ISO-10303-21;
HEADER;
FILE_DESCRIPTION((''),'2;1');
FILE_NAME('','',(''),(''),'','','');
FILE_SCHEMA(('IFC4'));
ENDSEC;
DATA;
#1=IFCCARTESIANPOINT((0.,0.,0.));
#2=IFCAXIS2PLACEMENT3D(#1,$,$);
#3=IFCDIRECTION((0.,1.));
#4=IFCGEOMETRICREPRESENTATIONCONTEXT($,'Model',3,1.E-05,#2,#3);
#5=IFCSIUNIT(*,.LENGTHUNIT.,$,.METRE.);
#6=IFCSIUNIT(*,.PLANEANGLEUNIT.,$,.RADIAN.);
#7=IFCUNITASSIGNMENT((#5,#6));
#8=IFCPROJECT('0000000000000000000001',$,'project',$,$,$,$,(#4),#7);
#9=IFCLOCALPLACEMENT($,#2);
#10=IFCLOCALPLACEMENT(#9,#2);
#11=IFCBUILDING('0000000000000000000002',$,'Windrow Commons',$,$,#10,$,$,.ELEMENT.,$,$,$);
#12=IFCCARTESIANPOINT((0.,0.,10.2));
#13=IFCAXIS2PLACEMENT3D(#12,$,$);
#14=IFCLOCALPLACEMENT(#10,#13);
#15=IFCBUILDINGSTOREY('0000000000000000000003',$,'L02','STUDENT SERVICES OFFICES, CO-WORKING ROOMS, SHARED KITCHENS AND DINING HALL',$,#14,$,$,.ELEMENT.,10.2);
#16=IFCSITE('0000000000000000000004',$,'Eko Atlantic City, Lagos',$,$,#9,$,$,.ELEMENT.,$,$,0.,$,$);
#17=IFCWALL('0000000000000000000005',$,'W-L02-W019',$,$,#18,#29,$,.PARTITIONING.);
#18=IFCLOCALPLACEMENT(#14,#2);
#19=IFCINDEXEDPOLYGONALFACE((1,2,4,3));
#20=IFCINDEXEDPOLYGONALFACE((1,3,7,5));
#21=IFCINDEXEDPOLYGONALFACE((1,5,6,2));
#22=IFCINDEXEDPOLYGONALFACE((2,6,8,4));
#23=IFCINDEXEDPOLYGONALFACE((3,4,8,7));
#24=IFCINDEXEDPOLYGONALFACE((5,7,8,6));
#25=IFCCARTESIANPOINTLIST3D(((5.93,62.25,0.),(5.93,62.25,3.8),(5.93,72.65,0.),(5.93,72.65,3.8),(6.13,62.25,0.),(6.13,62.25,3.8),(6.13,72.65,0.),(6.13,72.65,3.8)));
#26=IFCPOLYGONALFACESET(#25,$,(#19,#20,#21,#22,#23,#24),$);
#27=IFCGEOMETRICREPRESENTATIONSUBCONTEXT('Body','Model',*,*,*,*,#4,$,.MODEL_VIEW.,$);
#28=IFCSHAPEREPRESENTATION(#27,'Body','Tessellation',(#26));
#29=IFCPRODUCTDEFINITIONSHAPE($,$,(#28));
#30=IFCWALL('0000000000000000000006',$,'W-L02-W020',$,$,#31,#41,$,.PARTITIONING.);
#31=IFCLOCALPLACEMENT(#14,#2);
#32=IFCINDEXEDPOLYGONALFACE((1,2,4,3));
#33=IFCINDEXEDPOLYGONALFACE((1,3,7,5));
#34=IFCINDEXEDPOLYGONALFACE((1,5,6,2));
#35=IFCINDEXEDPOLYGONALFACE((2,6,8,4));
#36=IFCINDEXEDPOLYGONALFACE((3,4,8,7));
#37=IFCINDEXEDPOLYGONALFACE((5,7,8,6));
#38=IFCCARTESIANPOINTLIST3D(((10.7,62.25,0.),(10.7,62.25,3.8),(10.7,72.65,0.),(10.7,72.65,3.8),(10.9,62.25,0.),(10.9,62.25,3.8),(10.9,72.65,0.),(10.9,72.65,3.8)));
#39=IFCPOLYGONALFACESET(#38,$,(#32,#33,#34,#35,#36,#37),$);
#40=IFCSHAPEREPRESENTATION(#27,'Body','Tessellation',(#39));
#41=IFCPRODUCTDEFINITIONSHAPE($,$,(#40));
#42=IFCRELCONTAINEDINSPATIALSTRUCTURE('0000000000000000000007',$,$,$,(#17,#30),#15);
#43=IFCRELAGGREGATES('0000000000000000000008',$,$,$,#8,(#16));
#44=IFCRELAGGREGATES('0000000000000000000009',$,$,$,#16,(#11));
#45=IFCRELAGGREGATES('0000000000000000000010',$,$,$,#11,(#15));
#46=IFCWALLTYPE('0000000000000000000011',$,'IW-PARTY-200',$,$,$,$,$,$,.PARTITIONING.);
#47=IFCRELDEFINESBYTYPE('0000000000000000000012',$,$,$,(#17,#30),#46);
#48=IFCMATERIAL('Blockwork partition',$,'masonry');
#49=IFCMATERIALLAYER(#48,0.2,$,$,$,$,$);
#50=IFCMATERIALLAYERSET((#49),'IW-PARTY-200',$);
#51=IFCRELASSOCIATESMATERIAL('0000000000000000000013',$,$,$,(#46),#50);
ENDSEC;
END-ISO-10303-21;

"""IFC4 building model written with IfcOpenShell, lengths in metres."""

from ifc_helpers import new_model, si_unit, direction, frame, frame_2d, origin, place, context, subcontext, project, spatial, rectangle, extrude, material, layer, layer_set, type_object, element, save


model = new_model("IFC4")

# Units and contexts
model_context = context("Model", 3, precision=1e-05, world=origin(), true_north=direction((0.0, 1.0)))
body_context = subcontext(model_context, "Body", "Model", "MODEL_VIEW")
ifc_project = project(units=[si_unit("LENGTHUNIT", "METRE"), si_unit("PLANEANGLEUNIT", "RADIAN")], contexts=[model_context])

# Site, building, storey
site_placement = place(None, origin())
site = spatial("IfcSite", under=ifc_project, at=site_placement, Name="Eko Atlantic City, Lagos", CompositionType="ELEMENT", RefElevation=0.0)
building_placement = place(site_placement, origin())
building = spatial("IfcBuilding", under=site, at=building_placement, Name="Windrow Commons", CompositionType="ELEMENT")
storey_placement = place(building_placement, frame((0.0, 0.0, 10.2)))
storey = spatial("IfcBuildingStorey", under=building, at=storey_placement, Name="L02", Description="STUDENT SERVICES OFFICES, CO-WORKING ROOMS, SHARED KITCHENS AND DINING HALL", CompositionType="ELEMENT", Elevation=10.2)

# Walls
ifc_material_1 = material(Name="Blockwork partition", Category="masonry")
ifc_layer_1 = layer(ifc_material_1, 0.2)
ifc_layer_set_1 = layer_set([ifc_layer_1], Name="IW-PARTY-200")
wall_type_1 = type_object("IfcWallType", Name="IW-PARTY-200", PredefinedType="PARTITIONING", material=ifc_layer_set_1)
for number, where, z_axis, x_axis, name in (
    (1, (6.03, 62.25, 0.0), (0.0, 0.0, 1.0), (0.0, 1.0, 0.0), "W-L02-W019"),
    (2, (10.8, 62.25, 0.0), (0.0, 0.0, 1.0), (0.0, 1.0, 0.0), "W-L02-W020"),
):
    element("IfcWall", number, at=place(storey_placement, frame(where, z_axis=z_axis, x_axis=x_axis)), inside=storey, type_object=wall_type_1, Name=name, PredefinedType="PARTITIONING", context=body_context, shape_type="SweptSolid", body=[
        extrude(rectangle(XDim=10.4, YDim=0.2, at=frame_2d((5.2, 0.0))), origin(), (0.0, 0.0, 1.0), 3.8),
    ])

save(model, "model.ifc")
